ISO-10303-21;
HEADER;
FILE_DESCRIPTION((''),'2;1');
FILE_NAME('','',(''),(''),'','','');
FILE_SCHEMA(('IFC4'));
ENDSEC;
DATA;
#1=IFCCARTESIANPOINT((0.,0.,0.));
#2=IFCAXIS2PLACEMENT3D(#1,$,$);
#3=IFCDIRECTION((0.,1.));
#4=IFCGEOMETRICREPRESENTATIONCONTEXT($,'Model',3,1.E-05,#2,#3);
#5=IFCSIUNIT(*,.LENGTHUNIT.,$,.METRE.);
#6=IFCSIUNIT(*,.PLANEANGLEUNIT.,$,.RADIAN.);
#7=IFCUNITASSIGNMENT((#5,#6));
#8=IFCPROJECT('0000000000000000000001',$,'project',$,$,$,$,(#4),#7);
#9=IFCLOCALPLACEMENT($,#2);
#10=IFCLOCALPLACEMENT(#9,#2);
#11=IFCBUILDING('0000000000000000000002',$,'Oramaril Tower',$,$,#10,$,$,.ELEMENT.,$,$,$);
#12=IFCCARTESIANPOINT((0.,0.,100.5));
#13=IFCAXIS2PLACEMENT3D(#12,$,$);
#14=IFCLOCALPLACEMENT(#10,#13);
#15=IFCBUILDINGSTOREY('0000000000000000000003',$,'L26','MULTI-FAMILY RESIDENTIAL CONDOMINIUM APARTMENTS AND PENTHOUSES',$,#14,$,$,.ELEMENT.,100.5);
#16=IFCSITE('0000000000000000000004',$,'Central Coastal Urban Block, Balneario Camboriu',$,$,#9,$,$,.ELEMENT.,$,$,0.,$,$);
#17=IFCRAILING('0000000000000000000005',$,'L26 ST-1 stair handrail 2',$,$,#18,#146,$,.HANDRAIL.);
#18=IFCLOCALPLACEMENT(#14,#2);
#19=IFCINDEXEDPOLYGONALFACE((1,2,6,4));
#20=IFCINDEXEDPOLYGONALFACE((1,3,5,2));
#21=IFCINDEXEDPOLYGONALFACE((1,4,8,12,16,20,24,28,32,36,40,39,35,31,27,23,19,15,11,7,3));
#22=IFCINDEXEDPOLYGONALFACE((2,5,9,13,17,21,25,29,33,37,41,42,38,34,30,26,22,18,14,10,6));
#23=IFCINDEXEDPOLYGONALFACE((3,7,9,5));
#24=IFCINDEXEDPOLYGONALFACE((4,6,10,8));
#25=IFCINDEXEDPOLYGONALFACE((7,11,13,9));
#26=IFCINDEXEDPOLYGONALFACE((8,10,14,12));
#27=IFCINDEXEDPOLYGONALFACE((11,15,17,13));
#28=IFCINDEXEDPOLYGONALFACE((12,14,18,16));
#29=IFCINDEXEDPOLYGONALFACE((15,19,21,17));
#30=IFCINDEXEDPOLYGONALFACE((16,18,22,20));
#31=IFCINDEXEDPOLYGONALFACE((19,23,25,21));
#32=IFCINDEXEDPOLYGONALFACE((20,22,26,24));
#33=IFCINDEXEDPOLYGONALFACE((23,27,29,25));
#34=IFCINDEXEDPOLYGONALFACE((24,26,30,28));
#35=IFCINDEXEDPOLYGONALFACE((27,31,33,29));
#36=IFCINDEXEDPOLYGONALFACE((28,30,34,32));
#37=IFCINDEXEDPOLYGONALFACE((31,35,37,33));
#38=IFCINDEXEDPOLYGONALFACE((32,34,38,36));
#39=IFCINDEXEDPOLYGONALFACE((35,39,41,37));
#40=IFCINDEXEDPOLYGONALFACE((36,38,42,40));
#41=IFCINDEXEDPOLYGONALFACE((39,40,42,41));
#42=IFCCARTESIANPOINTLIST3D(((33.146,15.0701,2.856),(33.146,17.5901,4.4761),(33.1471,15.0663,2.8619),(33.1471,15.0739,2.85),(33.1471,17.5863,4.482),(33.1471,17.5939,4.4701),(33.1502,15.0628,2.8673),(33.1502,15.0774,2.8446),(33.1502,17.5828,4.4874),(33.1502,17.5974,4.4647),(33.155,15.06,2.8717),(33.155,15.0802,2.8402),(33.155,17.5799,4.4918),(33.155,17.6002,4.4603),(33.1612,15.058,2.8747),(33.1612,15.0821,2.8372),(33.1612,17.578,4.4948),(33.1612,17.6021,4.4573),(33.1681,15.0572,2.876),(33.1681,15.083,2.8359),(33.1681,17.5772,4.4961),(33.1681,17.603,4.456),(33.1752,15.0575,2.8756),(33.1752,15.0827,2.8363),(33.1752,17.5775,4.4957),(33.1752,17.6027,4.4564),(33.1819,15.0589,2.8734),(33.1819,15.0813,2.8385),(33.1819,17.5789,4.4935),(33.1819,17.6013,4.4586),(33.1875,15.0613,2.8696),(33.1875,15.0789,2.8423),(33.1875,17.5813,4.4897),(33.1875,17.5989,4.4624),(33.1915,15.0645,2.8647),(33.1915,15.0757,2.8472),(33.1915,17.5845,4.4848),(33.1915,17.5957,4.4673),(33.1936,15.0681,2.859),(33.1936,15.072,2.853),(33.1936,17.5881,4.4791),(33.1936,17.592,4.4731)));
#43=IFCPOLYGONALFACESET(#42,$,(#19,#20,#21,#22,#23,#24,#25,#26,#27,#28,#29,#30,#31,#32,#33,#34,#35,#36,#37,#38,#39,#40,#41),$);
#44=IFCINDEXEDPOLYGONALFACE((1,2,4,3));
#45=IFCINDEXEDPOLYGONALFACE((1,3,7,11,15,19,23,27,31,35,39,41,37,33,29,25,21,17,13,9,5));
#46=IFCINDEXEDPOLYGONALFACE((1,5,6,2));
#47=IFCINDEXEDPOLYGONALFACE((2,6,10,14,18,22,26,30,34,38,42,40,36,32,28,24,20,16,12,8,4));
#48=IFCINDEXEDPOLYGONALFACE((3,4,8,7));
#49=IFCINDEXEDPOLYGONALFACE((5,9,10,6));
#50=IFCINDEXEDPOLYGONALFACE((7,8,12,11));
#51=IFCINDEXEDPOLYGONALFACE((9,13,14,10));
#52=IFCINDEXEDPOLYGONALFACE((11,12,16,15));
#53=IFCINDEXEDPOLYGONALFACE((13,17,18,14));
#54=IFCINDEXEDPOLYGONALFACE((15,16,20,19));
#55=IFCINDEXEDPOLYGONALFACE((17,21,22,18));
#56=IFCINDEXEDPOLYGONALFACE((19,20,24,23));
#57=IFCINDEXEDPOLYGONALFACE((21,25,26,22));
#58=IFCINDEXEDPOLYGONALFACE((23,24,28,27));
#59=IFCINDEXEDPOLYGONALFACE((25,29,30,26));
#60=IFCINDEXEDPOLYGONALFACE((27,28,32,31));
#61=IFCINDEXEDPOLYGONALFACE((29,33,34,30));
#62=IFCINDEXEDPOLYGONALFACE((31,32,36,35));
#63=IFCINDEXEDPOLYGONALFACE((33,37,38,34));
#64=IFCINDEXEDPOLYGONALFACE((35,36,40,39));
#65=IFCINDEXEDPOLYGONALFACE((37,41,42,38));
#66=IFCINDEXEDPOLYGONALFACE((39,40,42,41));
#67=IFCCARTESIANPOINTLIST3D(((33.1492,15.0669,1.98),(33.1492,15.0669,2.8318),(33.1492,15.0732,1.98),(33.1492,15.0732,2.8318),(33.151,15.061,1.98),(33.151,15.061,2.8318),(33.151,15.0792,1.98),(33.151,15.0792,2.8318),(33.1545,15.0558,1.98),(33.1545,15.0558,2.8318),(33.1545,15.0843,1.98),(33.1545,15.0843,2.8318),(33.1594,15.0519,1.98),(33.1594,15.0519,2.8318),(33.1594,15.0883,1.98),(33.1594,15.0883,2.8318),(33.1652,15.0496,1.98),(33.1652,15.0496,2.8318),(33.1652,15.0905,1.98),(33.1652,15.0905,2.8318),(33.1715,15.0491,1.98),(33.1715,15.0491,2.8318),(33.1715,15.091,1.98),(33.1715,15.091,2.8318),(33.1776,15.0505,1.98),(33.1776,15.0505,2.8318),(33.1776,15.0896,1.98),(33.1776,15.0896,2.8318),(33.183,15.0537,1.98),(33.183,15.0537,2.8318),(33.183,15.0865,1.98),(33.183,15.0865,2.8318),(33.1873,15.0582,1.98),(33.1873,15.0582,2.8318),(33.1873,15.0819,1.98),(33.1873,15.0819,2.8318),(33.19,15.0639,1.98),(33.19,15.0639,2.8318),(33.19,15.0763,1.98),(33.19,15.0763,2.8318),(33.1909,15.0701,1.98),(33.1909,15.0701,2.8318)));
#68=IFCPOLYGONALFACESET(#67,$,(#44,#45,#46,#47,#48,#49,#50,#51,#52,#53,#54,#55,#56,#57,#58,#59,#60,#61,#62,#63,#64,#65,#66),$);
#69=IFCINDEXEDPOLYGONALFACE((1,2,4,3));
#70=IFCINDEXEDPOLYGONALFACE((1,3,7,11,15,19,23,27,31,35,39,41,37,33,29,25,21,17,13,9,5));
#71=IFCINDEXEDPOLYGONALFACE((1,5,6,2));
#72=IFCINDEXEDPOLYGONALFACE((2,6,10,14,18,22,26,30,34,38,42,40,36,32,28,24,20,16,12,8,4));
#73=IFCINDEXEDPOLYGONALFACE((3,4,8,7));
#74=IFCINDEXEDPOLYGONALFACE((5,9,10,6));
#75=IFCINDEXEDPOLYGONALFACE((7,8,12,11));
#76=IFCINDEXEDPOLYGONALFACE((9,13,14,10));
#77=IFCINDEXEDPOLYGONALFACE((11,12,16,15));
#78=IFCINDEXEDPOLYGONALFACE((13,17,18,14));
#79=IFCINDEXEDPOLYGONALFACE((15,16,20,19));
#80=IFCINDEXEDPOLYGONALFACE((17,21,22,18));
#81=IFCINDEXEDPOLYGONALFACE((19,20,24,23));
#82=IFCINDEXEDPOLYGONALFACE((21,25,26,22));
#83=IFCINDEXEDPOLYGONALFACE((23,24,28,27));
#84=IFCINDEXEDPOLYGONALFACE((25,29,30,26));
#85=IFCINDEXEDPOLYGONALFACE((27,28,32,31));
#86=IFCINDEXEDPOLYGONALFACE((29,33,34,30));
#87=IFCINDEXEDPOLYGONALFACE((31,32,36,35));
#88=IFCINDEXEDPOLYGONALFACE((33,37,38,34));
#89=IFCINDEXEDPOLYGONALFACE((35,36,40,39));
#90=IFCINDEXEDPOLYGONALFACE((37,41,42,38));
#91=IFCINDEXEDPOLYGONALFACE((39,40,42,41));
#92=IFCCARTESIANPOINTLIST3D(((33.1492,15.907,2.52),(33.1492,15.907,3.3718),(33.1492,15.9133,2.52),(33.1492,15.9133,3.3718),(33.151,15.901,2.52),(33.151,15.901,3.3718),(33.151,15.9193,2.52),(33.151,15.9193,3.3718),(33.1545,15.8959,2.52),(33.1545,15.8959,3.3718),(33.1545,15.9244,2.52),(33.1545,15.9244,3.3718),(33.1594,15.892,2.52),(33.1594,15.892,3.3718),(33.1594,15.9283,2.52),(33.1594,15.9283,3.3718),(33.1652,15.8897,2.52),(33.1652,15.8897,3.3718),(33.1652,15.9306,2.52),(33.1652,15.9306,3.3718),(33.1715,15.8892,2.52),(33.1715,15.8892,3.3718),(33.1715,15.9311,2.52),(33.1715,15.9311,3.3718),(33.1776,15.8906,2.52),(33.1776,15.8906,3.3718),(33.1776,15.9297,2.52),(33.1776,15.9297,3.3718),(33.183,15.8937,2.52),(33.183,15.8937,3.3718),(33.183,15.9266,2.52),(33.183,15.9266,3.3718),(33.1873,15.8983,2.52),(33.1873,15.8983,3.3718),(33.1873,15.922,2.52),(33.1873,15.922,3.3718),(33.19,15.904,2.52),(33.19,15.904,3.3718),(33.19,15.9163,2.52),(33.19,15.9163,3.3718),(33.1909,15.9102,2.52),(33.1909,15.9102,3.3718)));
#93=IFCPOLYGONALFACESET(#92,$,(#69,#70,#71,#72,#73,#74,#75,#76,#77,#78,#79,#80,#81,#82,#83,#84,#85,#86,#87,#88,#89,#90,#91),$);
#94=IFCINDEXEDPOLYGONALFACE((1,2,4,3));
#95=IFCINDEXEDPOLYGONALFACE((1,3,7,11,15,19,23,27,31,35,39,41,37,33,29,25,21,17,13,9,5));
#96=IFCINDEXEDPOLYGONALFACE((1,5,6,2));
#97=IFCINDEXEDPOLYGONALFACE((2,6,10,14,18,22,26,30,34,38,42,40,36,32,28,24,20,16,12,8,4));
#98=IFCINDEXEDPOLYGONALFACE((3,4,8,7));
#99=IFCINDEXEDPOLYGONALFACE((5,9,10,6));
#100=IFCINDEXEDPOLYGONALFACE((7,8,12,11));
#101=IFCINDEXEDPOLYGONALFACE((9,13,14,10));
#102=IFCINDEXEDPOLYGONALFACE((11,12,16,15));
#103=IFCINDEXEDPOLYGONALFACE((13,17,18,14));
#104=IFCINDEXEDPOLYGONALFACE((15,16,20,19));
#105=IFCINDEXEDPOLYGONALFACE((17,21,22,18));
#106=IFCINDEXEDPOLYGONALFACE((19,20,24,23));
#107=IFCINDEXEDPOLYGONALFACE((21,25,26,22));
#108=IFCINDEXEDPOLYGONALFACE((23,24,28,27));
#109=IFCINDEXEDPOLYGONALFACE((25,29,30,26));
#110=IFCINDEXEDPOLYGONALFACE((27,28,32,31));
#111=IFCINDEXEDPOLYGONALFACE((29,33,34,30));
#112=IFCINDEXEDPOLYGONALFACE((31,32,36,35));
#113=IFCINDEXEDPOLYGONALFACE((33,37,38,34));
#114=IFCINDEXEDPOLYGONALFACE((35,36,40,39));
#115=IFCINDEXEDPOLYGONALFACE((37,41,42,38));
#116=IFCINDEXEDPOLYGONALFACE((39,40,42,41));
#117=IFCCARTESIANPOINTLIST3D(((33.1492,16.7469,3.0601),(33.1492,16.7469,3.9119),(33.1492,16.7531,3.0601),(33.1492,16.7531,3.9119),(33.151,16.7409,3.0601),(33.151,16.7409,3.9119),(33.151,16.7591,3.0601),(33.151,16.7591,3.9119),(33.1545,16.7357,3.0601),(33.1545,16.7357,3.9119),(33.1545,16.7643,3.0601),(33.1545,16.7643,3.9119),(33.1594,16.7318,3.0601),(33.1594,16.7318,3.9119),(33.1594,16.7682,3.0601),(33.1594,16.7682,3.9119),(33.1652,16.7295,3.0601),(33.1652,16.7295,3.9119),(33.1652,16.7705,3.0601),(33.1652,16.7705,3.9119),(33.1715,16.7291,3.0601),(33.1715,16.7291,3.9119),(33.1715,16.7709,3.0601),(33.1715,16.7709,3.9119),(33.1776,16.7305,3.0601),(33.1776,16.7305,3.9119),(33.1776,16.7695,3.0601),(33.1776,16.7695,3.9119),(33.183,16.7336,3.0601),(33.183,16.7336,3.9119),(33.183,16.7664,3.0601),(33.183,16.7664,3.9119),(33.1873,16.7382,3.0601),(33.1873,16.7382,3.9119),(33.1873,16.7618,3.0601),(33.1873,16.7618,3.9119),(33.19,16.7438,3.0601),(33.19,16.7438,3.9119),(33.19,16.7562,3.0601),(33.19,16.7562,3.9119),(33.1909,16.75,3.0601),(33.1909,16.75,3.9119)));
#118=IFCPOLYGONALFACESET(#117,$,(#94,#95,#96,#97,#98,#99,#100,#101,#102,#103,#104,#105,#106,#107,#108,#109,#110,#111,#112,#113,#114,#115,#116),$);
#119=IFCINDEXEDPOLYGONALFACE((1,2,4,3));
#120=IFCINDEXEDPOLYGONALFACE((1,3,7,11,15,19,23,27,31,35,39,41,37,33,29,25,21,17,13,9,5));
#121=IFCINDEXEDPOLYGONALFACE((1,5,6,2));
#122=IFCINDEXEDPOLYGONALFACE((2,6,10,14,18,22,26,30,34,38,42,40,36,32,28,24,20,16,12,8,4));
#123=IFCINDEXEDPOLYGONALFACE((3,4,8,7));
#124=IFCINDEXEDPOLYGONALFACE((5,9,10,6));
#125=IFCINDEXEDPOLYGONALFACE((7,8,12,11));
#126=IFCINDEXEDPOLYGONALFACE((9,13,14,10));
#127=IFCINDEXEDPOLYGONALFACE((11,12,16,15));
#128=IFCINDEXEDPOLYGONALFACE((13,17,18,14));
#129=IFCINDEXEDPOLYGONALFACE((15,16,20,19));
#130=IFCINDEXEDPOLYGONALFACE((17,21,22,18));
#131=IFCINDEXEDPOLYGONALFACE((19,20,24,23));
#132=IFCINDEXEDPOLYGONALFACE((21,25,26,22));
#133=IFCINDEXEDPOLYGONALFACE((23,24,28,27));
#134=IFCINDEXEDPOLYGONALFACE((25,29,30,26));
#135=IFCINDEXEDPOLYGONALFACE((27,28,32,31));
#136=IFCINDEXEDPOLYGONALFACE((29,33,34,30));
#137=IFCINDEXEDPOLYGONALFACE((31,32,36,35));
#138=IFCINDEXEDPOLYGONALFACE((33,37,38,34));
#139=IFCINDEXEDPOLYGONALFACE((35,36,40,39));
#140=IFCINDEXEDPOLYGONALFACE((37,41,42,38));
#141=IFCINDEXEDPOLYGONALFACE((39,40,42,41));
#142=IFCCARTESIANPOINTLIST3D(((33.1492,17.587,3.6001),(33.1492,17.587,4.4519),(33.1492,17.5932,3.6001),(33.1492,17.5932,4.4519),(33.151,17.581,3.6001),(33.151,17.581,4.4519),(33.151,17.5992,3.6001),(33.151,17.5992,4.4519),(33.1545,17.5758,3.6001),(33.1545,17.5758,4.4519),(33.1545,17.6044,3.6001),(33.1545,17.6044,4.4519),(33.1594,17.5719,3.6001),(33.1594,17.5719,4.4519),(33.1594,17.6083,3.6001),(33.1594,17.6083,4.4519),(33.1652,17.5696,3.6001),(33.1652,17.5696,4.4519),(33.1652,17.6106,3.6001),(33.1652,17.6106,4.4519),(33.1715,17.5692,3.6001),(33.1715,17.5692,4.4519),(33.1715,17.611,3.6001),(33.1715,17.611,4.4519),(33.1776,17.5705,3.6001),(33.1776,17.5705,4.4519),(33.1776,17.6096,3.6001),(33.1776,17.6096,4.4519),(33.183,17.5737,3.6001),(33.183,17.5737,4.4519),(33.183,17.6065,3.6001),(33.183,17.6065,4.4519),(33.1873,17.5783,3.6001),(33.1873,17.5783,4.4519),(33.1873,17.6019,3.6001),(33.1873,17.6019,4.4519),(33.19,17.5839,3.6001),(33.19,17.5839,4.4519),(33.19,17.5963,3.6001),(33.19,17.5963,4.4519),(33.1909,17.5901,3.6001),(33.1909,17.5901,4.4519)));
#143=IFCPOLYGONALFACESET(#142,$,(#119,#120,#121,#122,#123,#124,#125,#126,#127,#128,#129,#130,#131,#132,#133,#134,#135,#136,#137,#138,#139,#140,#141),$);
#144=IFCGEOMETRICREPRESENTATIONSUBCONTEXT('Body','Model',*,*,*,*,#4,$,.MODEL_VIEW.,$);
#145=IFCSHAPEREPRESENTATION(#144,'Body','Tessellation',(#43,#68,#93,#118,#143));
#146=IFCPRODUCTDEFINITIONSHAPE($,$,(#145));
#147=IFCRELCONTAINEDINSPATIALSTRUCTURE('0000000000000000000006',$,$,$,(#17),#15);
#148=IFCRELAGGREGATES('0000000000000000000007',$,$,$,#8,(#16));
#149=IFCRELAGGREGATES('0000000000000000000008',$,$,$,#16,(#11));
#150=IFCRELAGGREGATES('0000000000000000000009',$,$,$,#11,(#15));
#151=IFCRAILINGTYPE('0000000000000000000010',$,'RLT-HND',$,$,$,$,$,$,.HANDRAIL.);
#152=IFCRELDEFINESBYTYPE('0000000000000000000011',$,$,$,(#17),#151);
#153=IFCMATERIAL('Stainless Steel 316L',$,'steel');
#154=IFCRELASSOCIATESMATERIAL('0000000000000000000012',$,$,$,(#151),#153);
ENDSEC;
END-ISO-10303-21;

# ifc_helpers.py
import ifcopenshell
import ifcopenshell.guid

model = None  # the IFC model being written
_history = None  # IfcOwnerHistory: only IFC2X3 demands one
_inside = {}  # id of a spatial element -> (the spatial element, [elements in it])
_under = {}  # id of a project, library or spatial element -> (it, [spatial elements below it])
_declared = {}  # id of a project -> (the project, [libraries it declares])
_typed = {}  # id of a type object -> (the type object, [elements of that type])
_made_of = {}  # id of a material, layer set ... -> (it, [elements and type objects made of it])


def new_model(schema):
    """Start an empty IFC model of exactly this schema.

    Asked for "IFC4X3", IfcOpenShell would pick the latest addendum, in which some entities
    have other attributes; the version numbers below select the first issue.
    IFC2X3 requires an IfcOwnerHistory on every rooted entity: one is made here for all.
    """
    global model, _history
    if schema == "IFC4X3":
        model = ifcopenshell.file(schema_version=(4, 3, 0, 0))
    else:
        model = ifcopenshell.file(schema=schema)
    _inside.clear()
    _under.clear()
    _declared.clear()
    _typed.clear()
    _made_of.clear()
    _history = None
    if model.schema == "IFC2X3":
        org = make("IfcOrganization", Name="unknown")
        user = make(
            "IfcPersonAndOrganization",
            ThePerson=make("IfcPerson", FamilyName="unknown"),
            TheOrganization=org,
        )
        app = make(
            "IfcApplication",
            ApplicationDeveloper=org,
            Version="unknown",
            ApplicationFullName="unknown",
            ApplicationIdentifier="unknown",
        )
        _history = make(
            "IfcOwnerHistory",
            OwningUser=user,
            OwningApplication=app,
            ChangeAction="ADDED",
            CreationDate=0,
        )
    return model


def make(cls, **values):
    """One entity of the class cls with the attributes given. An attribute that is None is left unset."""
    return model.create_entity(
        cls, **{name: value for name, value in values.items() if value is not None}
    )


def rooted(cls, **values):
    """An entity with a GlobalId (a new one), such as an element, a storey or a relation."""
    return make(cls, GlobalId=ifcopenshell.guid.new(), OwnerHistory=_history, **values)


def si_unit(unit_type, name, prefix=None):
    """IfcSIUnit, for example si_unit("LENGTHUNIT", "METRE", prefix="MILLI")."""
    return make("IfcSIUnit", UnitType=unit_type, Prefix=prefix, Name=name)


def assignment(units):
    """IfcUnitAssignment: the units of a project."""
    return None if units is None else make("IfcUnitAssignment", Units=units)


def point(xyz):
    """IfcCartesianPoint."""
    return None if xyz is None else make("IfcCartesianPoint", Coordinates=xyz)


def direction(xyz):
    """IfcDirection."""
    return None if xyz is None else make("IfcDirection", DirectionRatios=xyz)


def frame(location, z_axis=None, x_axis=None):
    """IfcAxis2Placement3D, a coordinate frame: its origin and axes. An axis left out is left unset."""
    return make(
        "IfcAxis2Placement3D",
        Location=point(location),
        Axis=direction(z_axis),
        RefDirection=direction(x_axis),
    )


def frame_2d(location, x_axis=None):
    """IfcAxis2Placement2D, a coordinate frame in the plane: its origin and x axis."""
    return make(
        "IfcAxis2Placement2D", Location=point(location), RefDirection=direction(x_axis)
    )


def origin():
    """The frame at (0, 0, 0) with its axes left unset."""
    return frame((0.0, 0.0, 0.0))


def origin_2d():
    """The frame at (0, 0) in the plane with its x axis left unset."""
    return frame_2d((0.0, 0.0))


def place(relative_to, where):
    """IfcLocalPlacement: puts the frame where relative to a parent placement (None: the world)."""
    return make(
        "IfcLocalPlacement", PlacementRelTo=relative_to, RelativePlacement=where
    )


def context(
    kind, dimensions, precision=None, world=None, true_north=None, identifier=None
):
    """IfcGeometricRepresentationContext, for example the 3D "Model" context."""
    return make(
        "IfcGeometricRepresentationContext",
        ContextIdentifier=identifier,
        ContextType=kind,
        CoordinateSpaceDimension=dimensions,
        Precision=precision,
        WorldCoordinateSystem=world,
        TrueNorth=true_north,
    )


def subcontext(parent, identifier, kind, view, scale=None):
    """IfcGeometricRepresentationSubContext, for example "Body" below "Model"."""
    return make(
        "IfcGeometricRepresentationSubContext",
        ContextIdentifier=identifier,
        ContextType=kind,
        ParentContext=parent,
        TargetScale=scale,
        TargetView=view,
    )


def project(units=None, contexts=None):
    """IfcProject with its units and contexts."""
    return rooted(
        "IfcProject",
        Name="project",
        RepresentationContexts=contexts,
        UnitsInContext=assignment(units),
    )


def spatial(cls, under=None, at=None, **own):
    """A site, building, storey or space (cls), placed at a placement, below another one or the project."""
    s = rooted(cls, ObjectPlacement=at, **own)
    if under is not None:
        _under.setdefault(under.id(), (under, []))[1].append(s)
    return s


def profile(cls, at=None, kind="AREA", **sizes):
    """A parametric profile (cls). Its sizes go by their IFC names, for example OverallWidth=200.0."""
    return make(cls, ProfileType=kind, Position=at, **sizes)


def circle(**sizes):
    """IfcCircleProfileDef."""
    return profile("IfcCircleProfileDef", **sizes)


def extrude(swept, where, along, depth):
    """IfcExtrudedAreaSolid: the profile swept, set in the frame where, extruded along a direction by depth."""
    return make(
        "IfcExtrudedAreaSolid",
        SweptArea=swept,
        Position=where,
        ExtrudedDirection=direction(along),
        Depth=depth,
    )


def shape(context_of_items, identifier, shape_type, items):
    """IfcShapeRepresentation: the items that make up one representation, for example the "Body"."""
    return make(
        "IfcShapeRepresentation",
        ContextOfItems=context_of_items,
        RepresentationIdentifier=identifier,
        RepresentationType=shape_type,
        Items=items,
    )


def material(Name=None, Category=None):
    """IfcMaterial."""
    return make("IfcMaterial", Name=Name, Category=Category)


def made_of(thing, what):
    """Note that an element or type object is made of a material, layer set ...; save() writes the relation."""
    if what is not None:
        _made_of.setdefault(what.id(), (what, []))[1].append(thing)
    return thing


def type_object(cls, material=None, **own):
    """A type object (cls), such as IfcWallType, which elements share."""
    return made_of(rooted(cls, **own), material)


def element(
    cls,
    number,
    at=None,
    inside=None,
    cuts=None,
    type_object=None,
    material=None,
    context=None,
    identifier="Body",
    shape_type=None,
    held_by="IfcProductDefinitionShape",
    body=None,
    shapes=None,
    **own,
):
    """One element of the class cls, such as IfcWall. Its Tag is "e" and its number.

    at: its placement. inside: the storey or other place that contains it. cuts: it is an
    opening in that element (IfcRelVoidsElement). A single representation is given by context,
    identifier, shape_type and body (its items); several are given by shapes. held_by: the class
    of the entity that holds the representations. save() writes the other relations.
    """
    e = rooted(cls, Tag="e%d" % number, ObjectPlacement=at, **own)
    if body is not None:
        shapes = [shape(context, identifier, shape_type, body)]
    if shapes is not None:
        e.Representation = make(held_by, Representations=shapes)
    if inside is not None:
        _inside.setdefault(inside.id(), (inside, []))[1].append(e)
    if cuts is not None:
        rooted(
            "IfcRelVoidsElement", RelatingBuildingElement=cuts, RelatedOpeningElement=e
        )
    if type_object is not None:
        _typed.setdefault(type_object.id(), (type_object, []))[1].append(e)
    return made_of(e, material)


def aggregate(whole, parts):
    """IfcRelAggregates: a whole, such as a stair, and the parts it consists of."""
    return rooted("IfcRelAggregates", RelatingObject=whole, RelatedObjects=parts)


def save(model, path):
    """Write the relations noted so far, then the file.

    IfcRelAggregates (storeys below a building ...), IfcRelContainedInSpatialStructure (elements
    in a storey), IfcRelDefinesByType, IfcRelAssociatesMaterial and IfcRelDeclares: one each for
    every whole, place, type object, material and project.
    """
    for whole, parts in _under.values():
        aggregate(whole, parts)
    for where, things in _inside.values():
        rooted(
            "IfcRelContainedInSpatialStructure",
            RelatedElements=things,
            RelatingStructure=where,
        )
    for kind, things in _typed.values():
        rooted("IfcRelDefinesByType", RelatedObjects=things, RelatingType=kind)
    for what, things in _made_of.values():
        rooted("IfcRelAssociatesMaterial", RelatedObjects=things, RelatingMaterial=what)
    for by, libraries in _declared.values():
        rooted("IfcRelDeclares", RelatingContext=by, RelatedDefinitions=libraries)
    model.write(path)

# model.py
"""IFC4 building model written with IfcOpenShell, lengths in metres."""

from ifc_helpers import new_model, si_unit, direction, frame, origin, origin_2d, place, context, subcontext, project, spatial, circle, extrude, material, type_object, element, save


model = new_model("IFC4")

# Units and contexts
model_context = context("Model", 3, precision=1e-05, world=origin(), true_north=direction((0.0, 1.0)))
body_context = subcontext(model_context, "Body", "Model", "MODEL_VIEW")
ifc_project = project(units=[si_unit("LENGTHUNIT", "METRE"), si_unit("PLANEANGLEUNIT", "RADIAN")], contexts=[model_context])

# Site, building, storey
site_placement = place(None, origin())
site = spatial("IfcSite", under=ifc_project, at=site_placement, Name="Central Coastal Urban Block, Balneario Camboriu", CompositionType="ELEMENT", RefElevation=0.0)
building_placement = place(site_placement, origin())
building = spatial("IfcBuilding", under=site, at=building_placement, Name="Oramaril Tower", CompositionType="ELEMENT")
storey_placement = place(building_placement, frame((0.0, 0.0, 100.5)))
storey = spatial("IfcBuildingStorey", under=building, at=storey_placement, Name="L26", Description="MULTI-FAMILY RESIDENTIAL CONDOMINIUM APARTMENTS AND PENTHOUSES", CompositionType="ELEMENT", Elevation=100.5)

# Railing
ifc_material_1 = material(Name="Stainless Steel 316L", Category="steel")
railing_type_1 = type_object("IfcRailingType", Name="RLT-HND", PredefinedType="HANDRAIL", material=ifc_material_1)
for number, where, name in (
    (1, (33.1699, 15.0701, 1.98), "L26 ST-1 stair handrail 2"),
):
    element("IfcRailing", number, at=place(storey_placement, frame(where)), inside=storey, type_object=railing_type_1, Name=name, PredefinedType="HANDRAIL", context=body_context, shape_type="SweptSolid", body=[
        extrude(circle(Radius=0.0239, at=origin_2d()), frame((0.0, 0.0, 0.876), z_axis=(0.0, 0.841163, 0.540782), x_axis=(-1.0, 0.0, 0.0)), (0.0, 0.0, 1.0), 2.9958),
        extrude(circle(Radius=0.021, at=origin_2d()), origin(), (0.0, 0.0, 1.0), 0.8518),
        extrude(circle(Radius=0.021, at=origin_2d()), frame((0.0, 0.8401, 0.54)), (0.0, 0.0, 1.0), 0.8518),
        extrude(circle(Radius=0.021, at=origin_2d()), frame((0.0, 1.6799, 1.0801)), (0.0, 0.0, 1.0), 0.8518),
        extrude(circle(Radius=0.021, at=origin_2d()), frame((0.0, 2.52, 1.6201)), (0.0, 0.0, 1.0), 0.8518),
    ])

save(model, "model.ifc")
